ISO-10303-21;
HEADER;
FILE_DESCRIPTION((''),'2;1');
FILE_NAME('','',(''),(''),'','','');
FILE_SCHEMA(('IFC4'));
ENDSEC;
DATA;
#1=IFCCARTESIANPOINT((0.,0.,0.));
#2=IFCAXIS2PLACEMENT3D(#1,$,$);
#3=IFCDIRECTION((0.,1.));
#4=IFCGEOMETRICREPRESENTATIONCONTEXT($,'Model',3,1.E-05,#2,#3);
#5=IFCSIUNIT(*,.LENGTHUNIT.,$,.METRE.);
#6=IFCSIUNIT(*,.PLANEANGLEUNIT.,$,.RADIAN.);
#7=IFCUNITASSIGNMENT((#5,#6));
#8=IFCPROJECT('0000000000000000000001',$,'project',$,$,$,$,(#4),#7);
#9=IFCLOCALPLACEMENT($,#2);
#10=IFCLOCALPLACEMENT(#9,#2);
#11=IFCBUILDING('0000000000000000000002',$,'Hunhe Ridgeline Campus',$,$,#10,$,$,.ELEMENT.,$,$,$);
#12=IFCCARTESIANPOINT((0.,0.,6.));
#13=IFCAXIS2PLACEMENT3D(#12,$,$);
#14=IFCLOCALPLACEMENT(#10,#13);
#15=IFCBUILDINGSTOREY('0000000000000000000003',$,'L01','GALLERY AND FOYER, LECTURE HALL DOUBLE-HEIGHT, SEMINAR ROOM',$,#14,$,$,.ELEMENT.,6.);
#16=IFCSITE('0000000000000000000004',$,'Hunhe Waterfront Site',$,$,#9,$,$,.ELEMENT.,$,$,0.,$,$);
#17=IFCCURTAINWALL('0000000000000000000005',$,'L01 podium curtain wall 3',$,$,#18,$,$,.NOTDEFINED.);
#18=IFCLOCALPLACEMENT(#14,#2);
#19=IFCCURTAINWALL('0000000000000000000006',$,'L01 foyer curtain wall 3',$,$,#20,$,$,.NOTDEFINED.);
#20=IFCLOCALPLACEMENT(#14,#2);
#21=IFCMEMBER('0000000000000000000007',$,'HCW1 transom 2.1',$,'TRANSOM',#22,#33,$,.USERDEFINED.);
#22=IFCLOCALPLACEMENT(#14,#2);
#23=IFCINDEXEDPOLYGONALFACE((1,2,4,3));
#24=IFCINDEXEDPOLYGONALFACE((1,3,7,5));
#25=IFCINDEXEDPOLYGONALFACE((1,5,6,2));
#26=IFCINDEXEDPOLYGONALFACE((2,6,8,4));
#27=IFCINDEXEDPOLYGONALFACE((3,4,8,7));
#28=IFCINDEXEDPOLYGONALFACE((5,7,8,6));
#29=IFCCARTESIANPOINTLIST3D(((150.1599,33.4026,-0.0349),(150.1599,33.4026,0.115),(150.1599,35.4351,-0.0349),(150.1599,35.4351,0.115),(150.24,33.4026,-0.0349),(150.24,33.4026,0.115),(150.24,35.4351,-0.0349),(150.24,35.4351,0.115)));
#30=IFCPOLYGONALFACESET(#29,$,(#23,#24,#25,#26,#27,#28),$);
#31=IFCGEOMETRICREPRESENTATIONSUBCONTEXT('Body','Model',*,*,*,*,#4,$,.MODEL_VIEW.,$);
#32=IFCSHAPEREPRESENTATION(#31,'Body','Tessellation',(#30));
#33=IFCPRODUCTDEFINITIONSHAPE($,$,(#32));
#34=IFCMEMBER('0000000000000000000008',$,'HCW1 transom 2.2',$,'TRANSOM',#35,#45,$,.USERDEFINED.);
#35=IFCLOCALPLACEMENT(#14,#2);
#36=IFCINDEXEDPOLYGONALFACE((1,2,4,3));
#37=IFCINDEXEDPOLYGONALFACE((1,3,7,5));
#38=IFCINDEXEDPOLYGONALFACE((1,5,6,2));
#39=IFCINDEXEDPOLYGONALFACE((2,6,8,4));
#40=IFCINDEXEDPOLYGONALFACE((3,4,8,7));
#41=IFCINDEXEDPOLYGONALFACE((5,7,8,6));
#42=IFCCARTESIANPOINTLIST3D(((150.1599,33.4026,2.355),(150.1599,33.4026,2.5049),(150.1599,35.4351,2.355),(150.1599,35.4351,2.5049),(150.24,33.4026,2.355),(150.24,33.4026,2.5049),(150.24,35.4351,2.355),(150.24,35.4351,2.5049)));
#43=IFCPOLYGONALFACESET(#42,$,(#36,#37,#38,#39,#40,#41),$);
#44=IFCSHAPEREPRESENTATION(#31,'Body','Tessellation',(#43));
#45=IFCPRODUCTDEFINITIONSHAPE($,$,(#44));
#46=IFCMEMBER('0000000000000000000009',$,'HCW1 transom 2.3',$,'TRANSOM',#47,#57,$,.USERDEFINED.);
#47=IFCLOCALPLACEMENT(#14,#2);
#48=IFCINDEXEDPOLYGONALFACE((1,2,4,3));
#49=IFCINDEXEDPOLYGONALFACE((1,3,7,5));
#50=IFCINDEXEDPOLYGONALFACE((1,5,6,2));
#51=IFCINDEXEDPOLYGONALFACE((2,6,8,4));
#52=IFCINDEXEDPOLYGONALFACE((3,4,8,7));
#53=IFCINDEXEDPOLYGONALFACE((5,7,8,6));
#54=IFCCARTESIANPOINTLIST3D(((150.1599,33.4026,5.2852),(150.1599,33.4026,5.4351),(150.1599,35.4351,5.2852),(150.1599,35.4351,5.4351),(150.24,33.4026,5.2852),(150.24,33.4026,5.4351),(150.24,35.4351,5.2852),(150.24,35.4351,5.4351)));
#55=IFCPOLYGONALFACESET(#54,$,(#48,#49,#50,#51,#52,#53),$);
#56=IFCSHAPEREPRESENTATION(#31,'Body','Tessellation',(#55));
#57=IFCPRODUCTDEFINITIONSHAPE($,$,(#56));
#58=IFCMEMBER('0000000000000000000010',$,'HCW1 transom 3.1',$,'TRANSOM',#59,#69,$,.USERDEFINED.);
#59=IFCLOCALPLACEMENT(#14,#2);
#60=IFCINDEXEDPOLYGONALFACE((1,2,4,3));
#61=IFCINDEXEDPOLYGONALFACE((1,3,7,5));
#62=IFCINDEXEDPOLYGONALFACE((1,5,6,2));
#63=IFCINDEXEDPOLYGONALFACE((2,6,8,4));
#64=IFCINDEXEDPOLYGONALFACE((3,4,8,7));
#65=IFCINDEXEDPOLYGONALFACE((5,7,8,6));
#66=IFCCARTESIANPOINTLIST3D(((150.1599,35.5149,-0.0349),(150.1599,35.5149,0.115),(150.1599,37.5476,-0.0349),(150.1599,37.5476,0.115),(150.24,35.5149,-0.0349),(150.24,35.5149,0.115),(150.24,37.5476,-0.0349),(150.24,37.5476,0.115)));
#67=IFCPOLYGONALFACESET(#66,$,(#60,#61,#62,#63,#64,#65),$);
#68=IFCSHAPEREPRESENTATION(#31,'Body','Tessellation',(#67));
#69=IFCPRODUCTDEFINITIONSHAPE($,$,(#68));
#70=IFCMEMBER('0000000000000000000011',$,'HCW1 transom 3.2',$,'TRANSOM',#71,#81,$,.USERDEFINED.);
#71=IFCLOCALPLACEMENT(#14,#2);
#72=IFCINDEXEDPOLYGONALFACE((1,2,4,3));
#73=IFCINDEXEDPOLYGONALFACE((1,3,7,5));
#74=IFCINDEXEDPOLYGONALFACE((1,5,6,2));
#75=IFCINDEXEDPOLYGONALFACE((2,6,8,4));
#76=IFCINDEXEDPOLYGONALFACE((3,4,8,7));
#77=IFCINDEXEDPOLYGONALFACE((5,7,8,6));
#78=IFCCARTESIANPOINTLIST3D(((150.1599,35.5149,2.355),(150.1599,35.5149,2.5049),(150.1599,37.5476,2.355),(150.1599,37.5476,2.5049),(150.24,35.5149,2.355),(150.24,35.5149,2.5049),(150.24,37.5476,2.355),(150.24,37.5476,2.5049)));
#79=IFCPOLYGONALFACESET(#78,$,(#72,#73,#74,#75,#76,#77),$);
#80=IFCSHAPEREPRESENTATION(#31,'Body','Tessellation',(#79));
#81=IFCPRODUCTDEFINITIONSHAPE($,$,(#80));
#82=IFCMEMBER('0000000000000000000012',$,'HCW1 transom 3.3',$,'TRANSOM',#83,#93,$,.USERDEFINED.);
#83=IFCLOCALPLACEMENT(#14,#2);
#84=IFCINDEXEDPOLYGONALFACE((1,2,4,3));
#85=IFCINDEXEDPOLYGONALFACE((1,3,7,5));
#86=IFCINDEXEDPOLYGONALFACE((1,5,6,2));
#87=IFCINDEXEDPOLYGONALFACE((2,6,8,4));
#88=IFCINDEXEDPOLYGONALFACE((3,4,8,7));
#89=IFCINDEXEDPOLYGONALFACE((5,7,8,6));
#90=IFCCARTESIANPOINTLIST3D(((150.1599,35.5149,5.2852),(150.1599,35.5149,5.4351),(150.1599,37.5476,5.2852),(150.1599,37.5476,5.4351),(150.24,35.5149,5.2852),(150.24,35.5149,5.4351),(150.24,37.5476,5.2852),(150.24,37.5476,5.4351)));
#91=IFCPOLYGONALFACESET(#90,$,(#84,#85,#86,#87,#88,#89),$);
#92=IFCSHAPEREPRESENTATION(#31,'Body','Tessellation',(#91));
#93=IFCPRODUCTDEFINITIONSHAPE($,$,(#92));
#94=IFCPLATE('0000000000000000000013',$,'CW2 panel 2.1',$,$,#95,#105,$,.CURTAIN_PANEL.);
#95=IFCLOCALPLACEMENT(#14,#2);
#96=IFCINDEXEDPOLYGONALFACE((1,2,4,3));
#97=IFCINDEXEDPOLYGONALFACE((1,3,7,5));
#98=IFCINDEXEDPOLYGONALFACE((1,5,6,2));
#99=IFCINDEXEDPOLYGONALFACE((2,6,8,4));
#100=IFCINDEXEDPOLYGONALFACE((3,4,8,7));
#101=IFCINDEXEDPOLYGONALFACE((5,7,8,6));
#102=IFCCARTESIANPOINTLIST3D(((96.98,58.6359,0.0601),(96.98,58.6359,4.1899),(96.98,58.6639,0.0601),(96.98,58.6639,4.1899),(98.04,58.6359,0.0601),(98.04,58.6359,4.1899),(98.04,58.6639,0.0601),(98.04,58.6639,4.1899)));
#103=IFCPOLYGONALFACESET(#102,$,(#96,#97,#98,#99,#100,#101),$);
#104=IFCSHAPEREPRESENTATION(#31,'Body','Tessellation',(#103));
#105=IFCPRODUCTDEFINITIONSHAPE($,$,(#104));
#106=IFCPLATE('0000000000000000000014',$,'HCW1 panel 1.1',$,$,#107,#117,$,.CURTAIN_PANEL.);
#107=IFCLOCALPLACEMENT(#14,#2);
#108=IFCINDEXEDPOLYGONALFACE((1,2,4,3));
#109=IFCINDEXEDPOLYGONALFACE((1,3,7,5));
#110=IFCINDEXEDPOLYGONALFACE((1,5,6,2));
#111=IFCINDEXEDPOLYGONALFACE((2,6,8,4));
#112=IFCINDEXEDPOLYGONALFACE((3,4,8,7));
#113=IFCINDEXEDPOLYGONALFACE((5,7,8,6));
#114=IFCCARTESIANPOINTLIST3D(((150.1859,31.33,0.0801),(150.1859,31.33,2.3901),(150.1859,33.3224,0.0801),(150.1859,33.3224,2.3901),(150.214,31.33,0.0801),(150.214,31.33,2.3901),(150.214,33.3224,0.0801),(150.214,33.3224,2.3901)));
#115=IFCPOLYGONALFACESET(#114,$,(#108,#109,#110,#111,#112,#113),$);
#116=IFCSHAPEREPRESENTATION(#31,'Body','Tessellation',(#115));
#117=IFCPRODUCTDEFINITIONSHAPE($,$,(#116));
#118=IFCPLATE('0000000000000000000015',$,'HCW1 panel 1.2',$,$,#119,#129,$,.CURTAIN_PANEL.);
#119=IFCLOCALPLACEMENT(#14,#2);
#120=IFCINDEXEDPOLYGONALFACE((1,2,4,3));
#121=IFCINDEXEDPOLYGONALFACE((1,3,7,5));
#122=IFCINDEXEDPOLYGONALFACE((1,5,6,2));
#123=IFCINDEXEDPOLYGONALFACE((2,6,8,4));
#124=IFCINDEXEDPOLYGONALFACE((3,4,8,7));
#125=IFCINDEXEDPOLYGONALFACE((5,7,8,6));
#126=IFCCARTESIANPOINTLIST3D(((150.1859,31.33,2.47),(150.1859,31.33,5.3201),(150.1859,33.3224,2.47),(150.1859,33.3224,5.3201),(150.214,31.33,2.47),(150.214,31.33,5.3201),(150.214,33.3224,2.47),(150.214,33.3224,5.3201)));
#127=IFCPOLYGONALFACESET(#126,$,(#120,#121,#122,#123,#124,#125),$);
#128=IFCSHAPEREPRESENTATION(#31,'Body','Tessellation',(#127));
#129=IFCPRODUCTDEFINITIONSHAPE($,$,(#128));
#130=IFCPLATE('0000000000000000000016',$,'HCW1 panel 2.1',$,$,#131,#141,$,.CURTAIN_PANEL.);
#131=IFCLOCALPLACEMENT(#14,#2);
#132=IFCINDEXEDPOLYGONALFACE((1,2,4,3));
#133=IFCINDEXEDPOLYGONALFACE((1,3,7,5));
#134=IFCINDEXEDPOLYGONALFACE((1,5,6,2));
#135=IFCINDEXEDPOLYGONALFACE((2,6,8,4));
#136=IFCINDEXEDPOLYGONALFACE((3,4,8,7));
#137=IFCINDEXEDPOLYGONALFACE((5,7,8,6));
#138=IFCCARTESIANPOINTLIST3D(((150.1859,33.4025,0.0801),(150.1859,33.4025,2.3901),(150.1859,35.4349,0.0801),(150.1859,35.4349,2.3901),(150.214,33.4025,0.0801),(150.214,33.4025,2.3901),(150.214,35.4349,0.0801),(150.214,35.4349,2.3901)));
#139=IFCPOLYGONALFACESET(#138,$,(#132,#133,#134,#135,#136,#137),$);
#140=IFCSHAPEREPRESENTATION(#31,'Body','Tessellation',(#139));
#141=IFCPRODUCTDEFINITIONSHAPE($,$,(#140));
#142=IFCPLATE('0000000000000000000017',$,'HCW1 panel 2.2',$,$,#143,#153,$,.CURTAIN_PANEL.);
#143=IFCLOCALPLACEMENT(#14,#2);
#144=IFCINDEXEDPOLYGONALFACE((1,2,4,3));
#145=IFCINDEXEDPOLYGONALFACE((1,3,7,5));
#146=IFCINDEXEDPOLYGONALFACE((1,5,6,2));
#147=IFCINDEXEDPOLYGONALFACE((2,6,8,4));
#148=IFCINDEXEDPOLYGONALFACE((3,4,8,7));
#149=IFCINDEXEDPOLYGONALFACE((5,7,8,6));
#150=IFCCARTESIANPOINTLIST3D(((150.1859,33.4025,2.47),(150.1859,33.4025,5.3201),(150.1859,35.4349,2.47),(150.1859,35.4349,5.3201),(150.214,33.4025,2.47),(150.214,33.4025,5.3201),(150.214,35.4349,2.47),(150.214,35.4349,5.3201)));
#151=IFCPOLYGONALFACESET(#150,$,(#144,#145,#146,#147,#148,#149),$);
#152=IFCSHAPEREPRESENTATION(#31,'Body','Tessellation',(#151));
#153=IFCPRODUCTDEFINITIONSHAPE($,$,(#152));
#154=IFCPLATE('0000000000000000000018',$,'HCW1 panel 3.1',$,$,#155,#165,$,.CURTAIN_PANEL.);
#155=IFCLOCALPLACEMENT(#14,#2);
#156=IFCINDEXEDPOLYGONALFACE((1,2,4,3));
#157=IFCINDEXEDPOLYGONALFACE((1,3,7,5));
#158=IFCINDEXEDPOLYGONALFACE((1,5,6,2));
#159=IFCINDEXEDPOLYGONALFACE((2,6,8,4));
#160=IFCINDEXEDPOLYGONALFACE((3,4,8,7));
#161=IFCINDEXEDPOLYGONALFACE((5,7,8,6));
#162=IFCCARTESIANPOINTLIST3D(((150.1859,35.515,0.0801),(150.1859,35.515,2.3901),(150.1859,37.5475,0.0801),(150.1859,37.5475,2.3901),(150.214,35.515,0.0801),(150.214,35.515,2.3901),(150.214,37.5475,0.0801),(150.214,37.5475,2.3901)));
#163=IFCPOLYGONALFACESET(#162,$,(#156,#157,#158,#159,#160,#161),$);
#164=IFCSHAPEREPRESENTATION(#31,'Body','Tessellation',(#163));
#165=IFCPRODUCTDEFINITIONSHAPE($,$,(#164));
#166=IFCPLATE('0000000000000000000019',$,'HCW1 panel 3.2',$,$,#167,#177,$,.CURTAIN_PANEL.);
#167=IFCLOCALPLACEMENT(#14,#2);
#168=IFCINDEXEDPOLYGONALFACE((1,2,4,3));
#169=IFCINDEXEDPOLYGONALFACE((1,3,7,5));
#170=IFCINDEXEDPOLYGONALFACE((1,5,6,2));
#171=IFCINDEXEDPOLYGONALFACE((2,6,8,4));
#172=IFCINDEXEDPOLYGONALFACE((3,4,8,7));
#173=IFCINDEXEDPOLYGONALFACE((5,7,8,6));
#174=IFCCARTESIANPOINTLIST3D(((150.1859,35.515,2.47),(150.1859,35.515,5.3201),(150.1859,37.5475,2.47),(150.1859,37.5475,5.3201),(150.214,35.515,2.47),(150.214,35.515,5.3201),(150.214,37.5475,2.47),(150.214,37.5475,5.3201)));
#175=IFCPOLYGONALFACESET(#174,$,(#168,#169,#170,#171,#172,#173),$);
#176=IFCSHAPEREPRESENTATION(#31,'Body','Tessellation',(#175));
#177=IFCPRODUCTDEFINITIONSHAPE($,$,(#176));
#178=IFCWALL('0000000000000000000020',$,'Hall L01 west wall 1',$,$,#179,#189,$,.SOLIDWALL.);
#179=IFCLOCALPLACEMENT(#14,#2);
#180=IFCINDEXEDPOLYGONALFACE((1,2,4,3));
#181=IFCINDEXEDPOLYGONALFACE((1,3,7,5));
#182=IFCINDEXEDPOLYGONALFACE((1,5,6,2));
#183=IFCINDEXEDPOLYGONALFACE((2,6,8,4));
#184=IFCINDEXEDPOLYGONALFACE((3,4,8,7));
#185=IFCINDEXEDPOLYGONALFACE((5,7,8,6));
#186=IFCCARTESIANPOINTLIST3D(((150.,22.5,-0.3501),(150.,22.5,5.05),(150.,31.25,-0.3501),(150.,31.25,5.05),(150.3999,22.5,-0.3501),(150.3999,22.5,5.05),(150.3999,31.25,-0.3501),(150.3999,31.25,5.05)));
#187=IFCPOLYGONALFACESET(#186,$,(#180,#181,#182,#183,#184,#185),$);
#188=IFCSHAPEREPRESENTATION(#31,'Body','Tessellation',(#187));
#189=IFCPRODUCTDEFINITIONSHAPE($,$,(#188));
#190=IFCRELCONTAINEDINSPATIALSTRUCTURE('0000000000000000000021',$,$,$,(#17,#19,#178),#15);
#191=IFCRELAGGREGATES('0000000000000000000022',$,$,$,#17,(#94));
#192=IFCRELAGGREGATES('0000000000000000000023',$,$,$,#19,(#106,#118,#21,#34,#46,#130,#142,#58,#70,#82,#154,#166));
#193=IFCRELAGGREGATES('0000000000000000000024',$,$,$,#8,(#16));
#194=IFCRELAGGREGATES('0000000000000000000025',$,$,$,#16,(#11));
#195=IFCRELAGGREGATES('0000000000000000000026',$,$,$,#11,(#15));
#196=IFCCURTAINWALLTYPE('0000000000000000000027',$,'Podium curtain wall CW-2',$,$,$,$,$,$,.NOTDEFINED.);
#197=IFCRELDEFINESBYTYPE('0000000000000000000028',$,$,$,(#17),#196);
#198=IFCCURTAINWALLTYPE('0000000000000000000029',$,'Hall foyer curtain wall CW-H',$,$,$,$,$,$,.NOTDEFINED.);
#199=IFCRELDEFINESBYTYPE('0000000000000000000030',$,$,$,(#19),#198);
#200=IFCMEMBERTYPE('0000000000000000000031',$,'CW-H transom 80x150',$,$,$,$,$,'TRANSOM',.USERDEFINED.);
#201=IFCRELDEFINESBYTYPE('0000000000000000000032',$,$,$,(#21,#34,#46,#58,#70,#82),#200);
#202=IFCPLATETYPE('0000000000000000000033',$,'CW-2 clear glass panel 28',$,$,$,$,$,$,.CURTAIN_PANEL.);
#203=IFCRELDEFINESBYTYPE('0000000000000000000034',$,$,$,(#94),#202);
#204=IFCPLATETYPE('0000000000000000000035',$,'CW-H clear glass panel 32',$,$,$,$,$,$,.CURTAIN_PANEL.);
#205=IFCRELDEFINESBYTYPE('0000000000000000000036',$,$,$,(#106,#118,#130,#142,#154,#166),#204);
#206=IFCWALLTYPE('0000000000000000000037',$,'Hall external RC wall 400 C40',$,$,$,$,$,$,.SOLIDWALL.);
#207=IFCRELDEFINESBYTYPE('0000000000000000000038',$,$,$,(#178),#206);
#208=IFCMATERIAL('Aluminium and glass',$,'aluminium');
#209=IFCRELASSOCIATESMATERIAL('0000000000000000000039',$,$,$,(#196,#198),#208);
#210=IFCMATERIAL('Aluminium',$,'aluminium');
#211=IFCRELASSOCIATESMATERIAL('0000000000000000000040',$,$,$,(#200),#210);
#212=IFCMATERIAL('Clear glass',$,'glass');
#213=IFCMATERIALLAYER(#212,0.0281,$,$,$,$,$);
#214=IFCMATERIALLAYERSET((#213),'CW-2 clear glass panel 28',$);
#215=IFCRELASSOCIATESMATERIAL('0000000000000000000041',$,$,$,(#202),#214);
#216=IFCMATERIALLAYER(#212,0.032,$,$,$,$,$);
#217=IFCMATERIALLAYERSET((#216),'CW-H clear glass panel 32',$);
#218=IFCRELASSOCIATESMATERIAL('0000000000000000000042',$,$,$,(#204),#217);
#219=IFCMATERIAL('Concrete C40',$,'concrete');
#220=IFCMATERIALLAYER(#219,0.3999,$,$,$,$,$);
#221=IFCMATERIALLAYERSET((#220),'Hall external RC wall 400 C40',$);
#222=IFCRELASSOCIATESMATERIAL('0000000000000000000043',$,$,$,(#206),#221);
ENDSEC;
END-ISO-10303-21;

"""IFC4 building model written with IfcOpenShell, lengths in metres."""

from ifc_helpers import new_model, si_unit, direction, frame, frame_2d, origin, origin_2d, place, context, subcontext, project, spatial, rectangle, extrude, material, layer, layer_set, material_profile, profile_set, type_object, element, aggregate, save


model = new_model("IFC4")

# Units and contexts
model_context = context("Model", 3, precision=1e-05, world=origin(), true_north=direction((0.0, 1.0)))
body_context = subcontext(model_context, "Body", "Model", "MODEL_VIEW")
ifc_project = project(units=[si_unit("LENGTHUNIT", "METRE"), si_unit("PLANEANGLEUNIT", "RADIAN")], contexts=[model_context])

# Site, building, storey
site_placement = place(None, origin())
site = spatial("IfcSite", under=ifc_project, at=site_placement, Name="Hunhe Waterfront Site", CompositionType="ELEMENT", RefElevation=0.0)
building_placement = place(site_placement, origin())
building = spatial("IfcBuilding", under=site, at=building_placement, Name="Hunhe Ridgeline Campus", CompositionType="ELEMENT")
storey_placement = place(building_placement, frame((0.0, 0.0, 6.0)))
storey = spatial("IfcBuildingStorey", under=building, at=storey_placement, Name="L01", Description="GALLERY AND FOYER, LECTURE HALL DOUBLE-HEIGHT, SEMINAR ROOM", CompositionType="ELEMENT", Elevation=6.0)

# Curtain wall
ifc_material_1 = material(Name="Aluminium and glass", Category="aluminium")
curtain_wall_type_1 = type_object("IfcCurtainWallType", Name="Podium curtain wall CW-2", PredefinedType="NOTDEFINED", material=ifc_material_1)
curtain_wall_1_placement = place(storey_placement, origin())
curtain_wall_1 = element("IfcCurtainWall", 1, at=curtain_wall_1_placement, inside=storey, type_object=curtain_wall_type_1, Name="L01 podium curtain wall 3", PredefinedType="NOTDEFINED")
ifc_material_2 = material(Name="Aluminium", Category="aluminium")

# Curtain wall, members
curtain_wall_type_2 = type_object("IfcCurtainWallType", Name="Hall foyer curtain wall CW-H", PredefinedType="NOTDEFINED", material=ifc_material_1)
curtain_wall_2_placement = place(storey_placement, origin())
curtain_wall_2 = element("IfcCurtainWall", 2, at=curtain_wall_2_placement, inside=storey, type_object=curtain_wall_type_2, Name="L01 foyer curtain wall 3", PredefinedType="NOTDEFINED")
ifc_material_profile_1 = material_profile(ifc_material_2, rectangle(XDim=0.0801, YDim=0.1499, at=origin_2d()))
ifc_profile_set_1 = profile_set([ifc_material_profile_1], Name="Aluminium")
member_type_1 = type_object("IfcMemberType", Name="CW-H transom 80x150", ElementType="TRANSOM", PredefinedType="USERDEFINED", material=ifc_profile_set_1)
member_1_placement = place(storey_placement, frame((150.2, 33.4026, 0.04), z_axis=(0.0, 1.0, 0.0), x_axis=(-1.0, 0.0, 0.0)))
member_1 = element("IfcMember", 3, at=member_1_placement, type_object=member_type_1, Name="HCW1 transom 2.1", ObjectType="TRANSOM", PredefinedType="USERDEFINED", context=body_context, shape_type="SweptSolid", body=[
    extrude(rectangle(XDim=0.0801, YDim=0.1499, at=origin_2d()), origin(), (0.0, 0.0, 1.0), 2.0325),
])
member_2_placement = place(storey_placement, frame((150.2, 33.4026, 2.4299), z_axis=(0.0, 1.0, 0.0), x_axis=(-1.0, 0.0, 0.0)))
member_2 = element("IfcMember", 4, at=member_2_placement, type_object=member_type_1, Name="HCW1 transom 2.2", ObjectType="TRANSOM", PredefinedType="USERDEFINED", context=body_context, shape_type="SweptSolid", body=[
    extrude(rectangle(XDim=0.0801, YDim=0.1499, at=origin_2d()), origin(), (0.0, 0.0, 1.0), 2.0325),
])
member_3_placement = place(storey_placement, frame((150.2, 33.4026, 5.3601), z_axis=(0.0, 1.0, 0.0), x_axis=(-1.0, 0.0, 0.0)))
member_3 = element("IfcMember", 5, at=member_3_placement, type_object=member_type_1, Name="HCW1 transom 2.3", ObjectType="TRANSOM", PredefinedType="USERDEFINED", context=body_context, shape_type="SweptSolid", body=[
    extrude(rectangle(XDim=0.0801, YDim=0.1499, at=origin_2d()), origin(), (0.0, 0.0, 1.0), 2.0325),
])
member_4_placement = place(storey_placement, frame((150.2, 35.5149, 0.04), z_axis=(0.0, 1.0, 0.0), x_axis=(-1.0, 0.0, 0.0)))
member_4 = element("IfcMember", 6, at=member_4_placement, type_object=member_type_1, Name="HCW1 transom 3.1", ObjectType="TRANSOM", PredefinedType="USERDEFINED", context=body_context, shape_type="SweptSolid", body=[
    extrude(rectangle(XDim=0.0801, YDim=0.1499, at=origin_2d()), origin(), (0.0, 0.0, 1.0), 2.0327),
])
member_5_placement = place(storey_placement, frame((150.2, 35.5149, 2.4299), z_axis=(0.0, 1.0, 0.0), x_axis=(-1.0, 0.0, 0.0)))
member_5 = element("IfcMember", 7, at=member_5_placement, type_object=member_type_1, Name="HCW1 transom 3.2", ObjectType="TRANSOM", PredefinedType="USERDEFINED", context=body_context, shape_type="SweptSolid", body=[
    extrude(rectangle(XDim=0.0801, YDim=0.1499, at=origin_2d()), origin(), (0.0, 0.0, 1.0), 2.0327),
])
member_6_placement = place(storey_placement, frame((150.2, 35.5149, 5.3601), z_axis=(0.0, 1.0, 0.0), x_axis=(-1.0, 0.0, 0.0)))
member_6 = element("IfcMember", 8, at=member_6_placement, type_object=member_type_1, Name="HCW1 transom 3.3", ObjectType="TRANSOM", PredefinedType="USERDEFINED", context=body_context, shape_type="SweptSolid", body=[
    extrude(rectangle(XDim=0.0801, YDim=0.1499, at=origin_2d()), origin(), (0.0, 0.0, 1.0), 2.0327),
])

# Plates
ifc_material_3 = material(Name="Clear glass", Category="glass")
ifc_layer_1 = layer(ifc_material_3, 0.0281)
ifc_layer_set_1 = layer_set([ifc_layer_1], Name="CW-2 clear glass panel 28")
plate_type_1 = type_object("IfcPlateType", Name="CW-2 clear glass panel 28", PredefinedType="CURTAIN_PANEL", material=ifc_layer_set_1)
plate_1_placement = place(storey_placement, frame((97.51, 58.6499, 0.0601), z_axis=(0.0, 0.0, 1.0), x_axis=(1.0, 0.0, 0.0)))
plate_1 = element("IfcPlate", 9, at=plate_1_placement, type_object=plate_type_1, Name="CW2 panel 2.1", PredefinedType="CURTAIN_PANEL", context=body_context, shape_type="SweptSolid", body=[
    extrude(rectangle(XDim=1.0601, YDim=0.0281, at=origin_2d()), origin(), (0.0, 0.0, 1.0), 4.1299),
])
aggregate(curtain_wall_1, [plate_1])
ifc_layer_2 = layer(ifc_material_3, 0.032)
ifc_layer_set_2 = layer_set([ifc_layer_2], Name="CW-H clear glass panel 32")
plate_type_2 = type_object("IfcPlateType", Name="CW-H clear glass panel 32", PredefinedType="CURTAIN_PANEL", material=ifc_layer_set_2)
plate_2_placement = place(storey_placement, frame((150.2, 32.3262, 0.0801), z_axis=(0.0, 0.0, 1.0), x_axis=(0.0, 1.0, 0.0)))
plate_2 = element("IfcPlate", 10, at=plate_2_placement, type_object=plate_type_2, Name="HCW1 panel 1.1", PredefinedType="CURTAIN_PANEL", context=body_context, shape_type="SweptSolid", body=[
    extrude(rectangle(XDim=1.9924, YDim=0.0281, at=origin_2d()), origin(), (0.0, 0.0, 1.0), 2.3101),
])
plate_3_placement = place(storey_placement, frame((150.2, 32.3262, 2.47), z_axis=(0.0, 0.0, 1.0), x_axis=(0.0, 1.0, 0.0)))
plate_3 = element("IfcPlate", 11, at=plate_3_placement, type_object=plate_type_2, Name="HCW1 panel 1.2", PredefinedType="CURTAIN_PANEL", context=body_context, shape_type="SweptSolid", body=[
    extrude(rectangle(XDim=1.9924, YDim=0.0281, at=origin_2d()), origin(), (0.0, 0.0, 1.0), 2.8501),
])
plate_4_placement = place(storey_placement, frame((150.2, 34.4187, 0.0801), z_axis=(0.0, 0.0, 1.0), x_axis=(0.0, 1.0, 0.0)))
plate_4 = element("IfcPlate", 12, at=plate_4_placement, type_object=plate_type_2, Name="HCW1 panel 2.1", PredefinedType="CURTAIN_PANEL", context=body_context, shape_type="SweptSolid", body=[
    extrude(rectangle(XDim=2.0325, YDim=0.0281, at=origin_2d()), origin(), (0.0, 0.0, 1.0), 2.3101),
])
plate_5_placement = place(storey_placement, frame((150.2, 34.4187, 2.47), z_axis=(0.0, 0.0, 1.0), x_axis=(0.0, 1.0, 0.0)))
plate_5 = element("IfcPlate", 13, at=plate_5_placement, type_object=plate_type_2, Name="HCW1 panel 2.2", PredefinedType="CURTAIN_PANEL", context=body_context, shape_type="SweptSolid", body=[
    extrude(rectangle(XDim=2.0325, YDim=0.0281, at=origin_2d()), origin(), (0.0, 0.0, 1.0), 2.8501),
])
plate_6_placement = place(storey_placement, frame((150.2, 36.5312, 0.0801), z_axis=(0.0, 0.0, 1.0), x_axis=(0.0, 1.0, 0.0)))
plate_6 = element("IfcPlate", 14, at=plate_6_placement, type_object=plate_type_2, Name="HCW1 panel 3.1", PredefinedType="CURTAIN_PANEL", context=body_context, shape_type="SweptSolid", body=[
    extrude(rectangle(XDim=2.0325, YDim=0.0281, at=origin_2d()), origin(), (0.0, 0.0, 1.0), 2.3101),
])
plate_7_placement = place(storey_placement, frame((150.2, 36.5312, 2.47), z_axis=(0.0, 0.0, 1.0), x_axis=(0.0, 1.0, 0.0)))
plate_7 = element("IfcPlate", 15, at=plate_7_placement, type_object=plate_type_2, Name="HCW1 panel 3.2", PredefinedType="CURTAIN_PANEL", context=body_context, shape_type="SweptSolid", body=[
    extrude(rectangle(XDim=2.0325, YDim=0.0281, at=origin_2d()), origin(), (0.0, 0.0, 1.0), 2.8501),
])
aggregate(curtain_wall_2, [plate_2, plate_3, member_1, member_2, member_3, plate_4, plate_5, member_4, member_5, member_6, plate_6, plate_7])

# Wall
ifc_material_4 = material(Name="Concrete C40", Category="concrete")
ifc_layer_3 = layer(ifc_material_4, 0.3999)
ifc_layer_set_3 = layer_set([ifc_layer_3], Name="Hall external RC wall 400 C40")
wall_type = type_object("IfcWallType", Name="Hall external RC wall 400 C40", PredefinedType="SOLIDWALL", material=ifc_layer_set_3)
wall_placement = place(storey_placement, frame((150.2, 22.5, -0.3501), z_axis=(0.0, 0.0, 1.0), x_axis=(0.0, 1.0, 0.0)))
element("IfcWall", 16, at=wall_placement, inside=storey, type_object=wall_type, Name="Hall L01 west wall 1", PredefinedType="SOLIDWALL", context=body_context, shape_type="SweptSolid", body=[
    extrude(rectangle(XDim=8.75, YDim=0.3999, at=frame_2d((4.375, 0.0))), origin(), (0.0, 0.0, 1.0), 5.4001),
])

save(model, "model.ifc")
